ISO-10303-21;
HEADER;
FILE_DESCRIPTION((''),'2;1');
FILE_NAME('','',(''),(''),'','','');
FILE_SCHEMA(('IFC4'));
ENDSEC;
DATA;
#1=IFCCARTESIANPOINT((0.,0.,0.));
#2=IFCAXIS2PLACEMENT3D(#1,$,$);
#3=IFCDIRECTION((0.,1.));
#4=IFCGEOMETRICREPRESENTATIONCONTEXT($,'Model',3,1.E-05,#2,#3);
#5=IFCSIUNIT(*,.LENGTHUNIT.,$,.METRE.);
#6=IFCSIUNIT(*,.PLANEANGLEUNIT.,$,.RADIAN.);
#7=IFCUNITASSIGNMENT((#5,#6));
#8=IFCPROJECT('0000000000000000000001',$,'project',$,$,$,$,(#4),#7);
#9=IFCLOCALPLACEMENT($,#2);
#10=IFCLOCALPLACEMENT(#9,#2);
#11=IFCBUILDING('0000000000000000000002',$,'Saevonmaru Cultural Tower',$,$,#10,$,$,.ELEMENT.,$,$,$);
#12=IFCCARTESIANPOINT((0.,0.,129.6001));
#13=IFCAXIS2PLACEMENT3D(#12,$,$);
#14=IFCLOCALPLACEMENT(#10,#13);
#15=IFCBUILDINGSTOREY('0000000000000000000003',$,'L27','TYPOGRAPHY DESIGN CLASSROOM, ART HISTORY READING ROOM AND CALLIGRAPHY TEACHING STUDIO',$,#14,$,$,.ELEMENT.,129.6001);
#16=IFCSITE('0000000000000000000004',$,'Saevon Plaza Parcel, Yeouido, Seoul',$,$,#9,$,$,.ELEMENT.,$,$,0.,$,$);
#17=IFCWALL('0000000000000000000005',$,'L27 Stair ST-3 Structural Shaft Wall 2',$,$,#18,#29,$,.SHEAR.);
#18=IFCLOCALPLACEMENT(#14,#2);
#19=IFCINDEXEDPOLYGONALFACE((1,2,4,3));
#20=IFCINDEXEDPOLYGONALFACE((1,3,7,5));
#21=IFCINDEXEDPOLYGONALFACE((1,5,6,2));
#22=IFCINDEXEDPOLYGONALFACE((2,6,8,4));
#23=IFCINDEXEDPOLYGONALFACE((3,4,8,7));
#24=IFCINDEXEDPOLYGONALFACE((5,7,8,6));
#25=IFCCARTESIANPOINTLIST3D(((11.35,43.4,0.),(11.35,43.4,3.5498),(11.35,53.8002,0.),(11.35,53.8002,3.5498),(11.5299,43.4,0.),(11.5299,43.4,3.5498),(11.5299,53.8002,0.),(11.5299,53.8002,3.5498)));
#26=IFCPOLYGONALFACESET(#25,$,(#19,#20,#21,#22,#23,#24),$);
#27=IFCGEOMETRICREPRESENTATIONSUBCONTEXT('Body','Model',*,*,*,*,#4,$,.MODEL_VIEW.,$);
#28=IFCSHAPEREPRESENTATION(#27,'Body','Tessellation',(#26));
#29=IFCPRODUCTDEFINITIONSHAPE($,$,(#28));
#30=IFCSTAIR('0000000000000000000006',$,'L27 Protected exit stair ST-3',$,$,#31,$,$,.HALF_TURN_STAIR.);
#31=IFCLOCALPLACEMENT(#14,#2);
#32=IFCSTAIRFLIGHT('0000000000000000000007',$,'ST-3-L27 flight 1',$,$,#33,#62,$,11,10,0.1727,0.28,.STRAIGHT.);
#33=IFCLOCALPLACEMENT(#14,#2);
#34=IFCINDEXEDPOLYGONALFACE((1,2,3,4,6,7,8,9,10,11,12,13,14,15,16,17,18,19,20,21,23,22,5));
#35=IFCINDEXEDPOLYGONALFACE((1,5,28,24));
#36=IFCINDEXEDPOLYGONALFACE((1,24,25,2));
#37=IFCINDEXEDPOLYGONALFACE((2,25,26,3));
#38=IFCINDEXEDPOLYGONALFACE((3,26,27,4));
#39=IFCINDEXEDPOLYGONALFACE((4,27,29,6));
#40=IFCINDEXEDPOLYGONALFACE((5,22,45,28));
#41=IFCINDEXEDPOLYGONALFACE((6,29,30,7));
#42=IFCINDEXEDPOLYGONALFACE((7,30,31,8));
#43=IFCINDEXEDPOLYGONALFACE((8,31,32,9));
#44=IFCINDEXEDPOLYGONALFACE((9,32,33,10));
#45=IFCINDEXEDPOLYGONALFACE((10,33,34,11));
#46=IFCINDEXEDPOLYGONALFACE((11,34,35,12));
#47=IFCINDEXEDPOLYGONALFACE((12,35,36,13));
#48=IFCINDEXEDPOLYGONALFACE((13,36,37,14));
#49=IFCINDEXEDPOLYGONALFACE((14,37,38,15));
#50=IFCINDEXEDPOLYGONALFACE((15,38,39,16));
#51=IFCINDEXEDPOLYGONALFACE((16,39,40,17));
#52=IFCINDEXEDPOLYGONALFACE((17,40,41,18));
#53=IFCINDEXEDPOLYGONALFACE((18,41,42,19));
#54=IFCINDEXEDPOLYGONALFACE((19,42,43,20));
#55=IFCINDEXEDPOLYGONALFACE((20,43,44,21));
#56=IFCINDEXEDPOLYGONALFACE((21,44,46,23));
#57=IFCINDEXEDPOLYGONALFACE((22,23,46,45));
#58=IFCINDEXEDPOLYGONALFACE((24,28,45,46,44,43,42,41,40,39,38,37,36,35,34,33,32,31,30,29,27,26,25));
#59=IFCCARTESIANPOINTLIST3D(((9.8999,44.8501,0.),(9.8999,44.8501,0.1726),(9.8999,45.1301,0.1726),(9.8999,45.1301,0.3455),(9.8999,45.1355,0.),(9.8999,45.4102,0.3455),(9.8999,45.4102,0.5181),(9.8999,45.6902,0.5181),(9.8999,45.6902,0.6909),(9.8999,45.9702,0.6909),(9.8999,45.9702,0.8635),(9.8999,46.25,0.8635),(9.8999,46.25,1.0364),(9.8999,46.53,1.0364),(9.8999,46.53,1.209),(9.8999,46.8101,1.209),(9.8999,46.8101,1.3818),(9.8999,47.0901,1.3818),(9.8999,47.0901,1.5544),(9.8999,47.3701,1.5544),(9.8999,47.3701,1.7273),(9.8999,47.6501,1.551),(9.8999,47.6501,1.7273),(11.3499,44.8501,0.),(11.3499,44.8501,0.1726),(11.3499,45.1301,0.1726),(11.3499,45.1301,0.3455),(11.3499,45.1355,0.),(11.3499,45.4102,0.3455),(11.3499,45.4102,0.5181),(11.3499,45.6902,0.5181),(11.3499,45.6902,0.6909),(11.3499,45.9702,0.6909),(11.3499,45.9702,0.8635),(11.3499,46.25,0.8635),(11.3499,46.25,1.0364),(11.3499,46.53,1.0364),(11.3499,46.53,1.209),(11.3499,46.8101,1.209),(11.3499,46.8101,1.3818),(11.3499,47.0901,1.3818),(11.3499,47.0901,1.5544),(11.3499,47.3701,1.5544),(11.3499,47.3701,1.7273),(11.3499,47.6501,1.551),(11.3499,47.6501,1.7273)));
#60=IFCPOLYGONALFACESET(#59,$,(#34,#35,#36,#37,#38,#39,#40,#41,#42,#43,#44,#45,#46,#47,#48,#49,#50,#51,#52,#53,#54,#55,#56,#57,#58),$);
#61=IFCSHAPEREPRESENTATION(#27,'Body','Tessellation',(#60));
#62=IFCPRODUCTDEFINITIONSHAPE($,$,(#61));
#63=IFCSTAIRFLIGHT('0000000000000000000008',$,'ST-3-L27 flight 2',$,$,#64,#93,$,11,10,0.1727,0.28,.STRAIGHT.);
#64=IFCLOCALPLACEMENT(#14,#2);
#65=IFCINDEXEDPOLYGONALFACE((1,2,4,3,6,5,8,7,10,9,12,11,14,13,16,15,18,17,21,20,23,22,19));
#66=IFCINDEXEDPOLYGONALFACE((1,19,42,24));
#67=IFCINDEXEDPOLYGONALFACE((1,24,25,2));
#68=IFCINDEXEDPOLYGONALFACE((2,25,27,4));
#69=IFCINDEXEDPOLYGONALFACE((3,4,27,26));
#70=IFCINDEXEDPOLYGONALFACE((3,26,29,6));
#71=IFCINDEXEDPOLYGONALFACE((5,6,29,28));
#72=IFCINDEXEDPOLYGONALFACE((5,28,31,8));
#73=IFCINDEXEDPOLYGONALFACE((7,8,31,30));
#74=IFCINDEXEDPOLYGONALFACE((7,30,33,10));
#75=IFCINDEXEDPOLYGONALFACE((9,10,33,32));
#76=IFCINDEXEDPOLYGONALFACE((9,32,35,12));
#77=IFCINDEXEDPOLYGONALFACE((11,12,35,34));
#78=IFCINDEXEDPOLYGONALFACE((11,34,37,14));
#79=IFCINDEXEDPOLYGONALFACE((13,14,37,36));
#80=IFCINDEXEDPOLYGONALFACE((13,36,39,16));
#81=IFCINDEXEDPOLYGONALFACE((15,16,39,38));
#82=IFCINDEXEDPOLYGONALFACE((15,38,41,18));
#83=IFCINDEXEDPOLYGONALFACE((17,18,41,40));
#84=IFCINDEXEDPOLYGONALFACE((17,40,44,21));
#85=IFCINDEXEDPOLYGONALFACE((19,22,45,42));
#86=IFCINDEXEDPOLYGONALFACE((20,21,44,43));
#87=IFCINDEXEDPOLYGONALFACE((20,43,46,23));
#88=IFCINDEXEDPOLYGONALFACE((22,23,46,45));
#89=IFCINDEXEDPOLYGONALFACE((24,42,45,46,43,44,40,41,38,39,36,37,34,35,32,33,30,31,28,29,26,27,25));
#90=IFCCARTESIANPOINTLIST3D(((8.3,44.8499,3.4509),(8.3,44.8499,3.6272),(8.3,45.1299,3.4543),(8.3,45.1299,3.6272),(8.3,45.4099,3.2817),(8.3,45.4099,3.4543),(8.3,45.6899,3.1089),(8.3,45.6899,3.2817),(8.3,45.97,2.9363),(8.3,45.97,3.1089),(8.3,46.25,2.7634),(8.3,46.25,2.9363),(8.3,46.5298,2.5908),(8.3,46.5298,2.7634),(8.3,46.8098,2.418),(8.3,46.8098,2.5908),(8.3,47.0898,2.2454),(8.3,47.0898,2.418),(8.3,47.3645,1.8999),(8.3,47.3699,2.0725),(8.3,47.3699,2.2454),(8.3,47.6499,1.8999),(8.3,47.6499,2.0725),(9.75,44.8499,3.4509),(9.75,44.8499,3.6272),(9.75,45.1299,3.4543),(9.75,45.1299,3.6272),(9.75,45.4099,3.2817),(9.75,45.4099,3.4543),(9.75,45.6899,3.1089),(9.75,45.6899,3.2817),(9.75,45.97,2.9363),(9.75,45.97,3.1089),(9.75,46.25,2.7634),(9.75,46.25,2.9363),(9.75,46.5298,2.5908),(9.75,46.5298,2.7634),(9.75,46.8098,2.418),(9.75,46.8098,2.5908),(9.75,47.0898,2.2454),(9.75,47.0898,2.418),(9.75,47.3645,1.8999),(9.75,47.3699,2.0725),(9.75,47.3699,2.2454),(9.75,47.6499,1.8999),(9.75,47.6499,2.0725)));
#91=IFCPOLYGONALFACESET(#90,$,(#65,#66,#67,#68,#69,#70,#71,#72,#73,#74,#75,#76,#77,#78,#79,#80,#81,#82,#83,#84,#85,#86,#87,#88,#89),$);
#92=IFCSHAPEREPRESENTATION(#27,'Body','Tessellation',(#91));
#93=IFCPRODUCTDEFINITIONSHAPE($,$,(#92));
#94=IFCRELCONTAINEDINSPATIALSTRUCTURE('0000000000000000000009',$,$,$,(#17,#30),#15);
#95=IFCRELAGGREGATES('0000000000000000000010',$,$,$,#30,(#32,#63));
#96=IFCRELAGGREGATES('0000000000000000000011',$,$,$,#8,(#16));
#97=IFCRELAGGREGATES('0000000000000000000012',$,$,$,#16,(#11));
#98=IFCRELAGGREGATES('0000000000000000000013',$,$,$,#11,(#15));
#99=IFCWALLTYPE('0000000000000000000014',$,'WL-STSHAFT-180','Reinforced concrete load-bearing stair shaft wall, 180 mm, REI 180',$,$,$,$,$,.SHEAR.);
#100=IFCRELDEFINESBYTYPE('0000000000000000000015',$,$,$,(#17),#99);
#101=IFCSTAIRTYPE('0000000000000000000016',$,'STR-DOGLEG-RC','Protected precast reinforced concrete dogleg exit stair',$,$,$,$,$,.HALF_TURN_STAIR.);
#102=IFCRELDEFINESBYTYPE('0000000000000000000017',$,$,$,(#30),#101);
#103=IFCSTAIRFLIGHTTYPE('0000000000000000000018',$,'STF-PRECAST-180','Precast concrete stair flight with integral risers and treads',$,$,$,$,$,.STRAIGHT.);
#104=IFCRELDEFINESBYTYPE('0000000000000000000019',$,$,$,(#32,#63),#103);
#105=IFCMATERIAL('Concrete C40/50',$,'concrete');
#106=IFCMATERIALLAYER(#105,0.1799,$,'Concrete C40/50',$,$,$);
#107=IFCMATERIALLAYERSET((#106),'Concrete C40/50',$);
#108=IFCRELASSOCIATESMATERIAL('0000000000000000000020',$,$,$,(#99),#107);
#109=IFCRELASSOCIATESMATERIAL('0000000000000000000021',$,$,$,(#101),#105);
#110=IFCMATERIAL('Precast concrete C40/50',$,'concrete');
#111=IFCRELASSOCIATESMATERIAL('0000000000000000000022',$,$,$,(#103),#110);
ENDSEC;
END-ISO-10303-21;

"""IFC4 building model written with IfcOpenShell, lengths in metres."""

from ifc_helpers import new_model, si_unit, direction, frame, frame_2d, origin, place, context, subcontext, project, spatial, polyline, rectangle, outline, extrude, material, layer, layer_set, type_object, element, aggregate, save


model = new_model("IFC4")

# Units and contexts
model_context = context("Model", 3, precision=1e-05, world=origin(), true_north=direction((0.0, 1.0)))
body_context = subcontext(model_context, "Body", "Model", "MODEL_VIEW")
ifc_project = project(units=[si_unit("LENGTHUNIT", "METRE"), si_unit("PLANEANGLEUNIT", "RADIAN")], contexts=[model_context])

# Site, building, storey
site_placement = place(None, origin())
site = spatial("IfcSite", under=ifc_project, at=site_placement, Name="Saevon Plaza Parcel, Yeouido, Seoul", CompositionType="ELEMENT", RefElevation=0.0)
building_placement = place(site_placement, origin())
building = spatial("IfcBuilding", under=site, at=building_placement, Name="Saevonmaru Cultural Tower", CompositionType="ELEMENT")
storey_placement = place(building_placement, frame((0.0, 0.0, 129.6001)))
storey = spatial("IfcBuildingStorey", under=building, at=storey_placement, Name="L27", Description="TYPOGRAPHY DESIGN CLASSROOM, ART HISTORY READING ROOM AND CALLIGRAPHY TEACHING STUDIO", CompositionType="ELEMENT", Elevation=129.6001)

# Shared definitions
ifc_material_1 = material(Name="Concrete C40/50", Category="concrete")
ifc_layer_1 = layer(ifc_material_1, 0.1799, Name="Concrete C40/50")
ifc_layer_set_1 = layer_set([ifc_layer_1], Name="Concrete C40/50")
wall_type_1 = type_object("IfcWallType", Name="WL-STSHAFT-180", Description="Reinforced concrete load-bearing stair shaft wall, 180 mm, REI 180", PredefinedType="SHEAR", material=ifc_layer_set_1)

# Wall
wall_1_placement = place(storey_placement, frame((11.4399, 43.3999, 0.0), z_axis=(0.0, 0.0, 1.0), x_axis=(0.0, 1.0, 0.0)))
element("IfcWall", 1, at=wall_1_placement, inside=storey, type_object=wall_type_1, Name="L27 Stair ST-3 Structural Shaft Wall 2", PredefinedType="SHEAR", context=body_context, shape_type="SweptSolid", body=[
    extrude(rectangle(XDim=10.4001, YDim=0.1799, at=frame_2d((5.2002, 0.0))), origin(), (0.0, 0.0, 1.0), 3.5498),
])

# Stair, stair flights
stair_type = type_object("IfcStairType", Name="STR-DOGLEG-RC", Description="Protected precast reinforced concrete dogleg exit stair", PredefinedType="HALF_TURN_STAIR", material=ifc_material_1)
stair_placement = place(storey_placement, origin())
stair = element("IfcStair", 2, at=stair_placement, inside=storey, type_object=stair_type, Name="L27 Protected exit stair ST-3", PredefinedType="HALF_TURN_STAIR")
ifc_material_2 = material(Name="Precast concrete C40/50", Category="concrete")
stair_flight_type = type_object("IfcStairFlightType", Name="STF-PRECAST-180", Description="Precast concrete stair flight with integral risers and treads", PredefinedType="STRAIGHT", material=ifc_material_2)
stair_flight_1_placement = place(storey_placement, frame((10.625, 44.8501, 0.0), z_axis=(0.0, 0.0, 1.0), x_axis=(0.0, 1.0, 0.0)))
stair_flight_1 = element("IfcStairFlight", 3, at=stair_flight_1_placement, type_object=stair_flight_type, Name="ST-3-L27 flight 1", NumberOfRisers=11, NumberOfTreads=10, PredefinedType="STRAIGHT", RiserHeight=0.1727, TreadLength=0.28, context=body_context, shape_type="SweptSolid", body=[
    extrude(outline(polyline([(0.0, 0.0), (0.0, 0.1726), (0.28, 0.1726), (0.28, 0.3455), (0.5601, 0.3455), (0.5601, 0.5181), (0.8401, 0.5181), (0.8401, 0.6909), (1.1201, 0.6909), (1.1201, 0.8635), (1.3999, 0.8635), (1.3999, 1.0364), (1.6799, 1.0364), (1.6799, 1.209), (1.96, 1.209), (1.96, 1.3818), (2.24, 1.3818), (2.24, 1.5544), (2.52, 1.5544), (2.52, 1.7273), (2.8, 1.7273), (2.8, 1.8999), (2.8, 1.551), (0.2854, 0.0), (0.0, 0.0)])), frame((0.0, 0.7251, 0.0), z_axis=(0.0, -1.0, 0.0), x_axis=(1.0, 0.0, 0.0)), (0.0, 0.0, 1.0), 1.45),
])
stair_flight_2_placement = place(storey_placement, frame((9.0249, 47.6499, 1.8999), z_axis=(0.0, 0.0, 1.0), x_axis=(0.0, -1.0, 0.0)))
stair_flight_2 = element("IfcStairFlight", 4, at=stair_flight_2_placement, type_object=stair_flight_type, Name="ST-3-L27 flight 2", NumberOfRisers=11, NumberOfTreads=10, PredefinedType="STRAIGHT", RiserHeight=0.1727, TreadLength=0.28, context=body_context, shape_type="SweptSolid", body=[
    extrude(outline(polyline([(0.0, 0.0), (0.0, 0.1726), (0.28, 0.1726), (0.28, 0.3455), (0.5601, 0.3455), (0.5601, 0.5181), (0.8401, 0.5181), (0.8401, 0.6909), (1.1201, 0.6909), (1.1201, 0.8635), (1.3999, 0.8635), (1.3999, 1.0364), (1.6799, 1.0364), (1.6799, 1.209), (1.96, 1.209), (1.96, 1.3818), (2.24, 1.3818), (2.24, 1.5544), (2.52, 1.5544), (2.52, 1.7273), (2.8, 1.7273), (2.8, 1.8999), (2.8, 1.551), (0.2854, 0.0), (0.0, 0.0)])), frame((0.0, 0.7251, 0.0), z_axis=(0.0, -1.0, 0.0), x_axis=(1.0, 0.0, 0.0)), (0.0, 0.0, 1.0), 1.45),
])
aggregate(stair, [stair_flight_1, stair_flight_2])

save(model, "model.ifc")
